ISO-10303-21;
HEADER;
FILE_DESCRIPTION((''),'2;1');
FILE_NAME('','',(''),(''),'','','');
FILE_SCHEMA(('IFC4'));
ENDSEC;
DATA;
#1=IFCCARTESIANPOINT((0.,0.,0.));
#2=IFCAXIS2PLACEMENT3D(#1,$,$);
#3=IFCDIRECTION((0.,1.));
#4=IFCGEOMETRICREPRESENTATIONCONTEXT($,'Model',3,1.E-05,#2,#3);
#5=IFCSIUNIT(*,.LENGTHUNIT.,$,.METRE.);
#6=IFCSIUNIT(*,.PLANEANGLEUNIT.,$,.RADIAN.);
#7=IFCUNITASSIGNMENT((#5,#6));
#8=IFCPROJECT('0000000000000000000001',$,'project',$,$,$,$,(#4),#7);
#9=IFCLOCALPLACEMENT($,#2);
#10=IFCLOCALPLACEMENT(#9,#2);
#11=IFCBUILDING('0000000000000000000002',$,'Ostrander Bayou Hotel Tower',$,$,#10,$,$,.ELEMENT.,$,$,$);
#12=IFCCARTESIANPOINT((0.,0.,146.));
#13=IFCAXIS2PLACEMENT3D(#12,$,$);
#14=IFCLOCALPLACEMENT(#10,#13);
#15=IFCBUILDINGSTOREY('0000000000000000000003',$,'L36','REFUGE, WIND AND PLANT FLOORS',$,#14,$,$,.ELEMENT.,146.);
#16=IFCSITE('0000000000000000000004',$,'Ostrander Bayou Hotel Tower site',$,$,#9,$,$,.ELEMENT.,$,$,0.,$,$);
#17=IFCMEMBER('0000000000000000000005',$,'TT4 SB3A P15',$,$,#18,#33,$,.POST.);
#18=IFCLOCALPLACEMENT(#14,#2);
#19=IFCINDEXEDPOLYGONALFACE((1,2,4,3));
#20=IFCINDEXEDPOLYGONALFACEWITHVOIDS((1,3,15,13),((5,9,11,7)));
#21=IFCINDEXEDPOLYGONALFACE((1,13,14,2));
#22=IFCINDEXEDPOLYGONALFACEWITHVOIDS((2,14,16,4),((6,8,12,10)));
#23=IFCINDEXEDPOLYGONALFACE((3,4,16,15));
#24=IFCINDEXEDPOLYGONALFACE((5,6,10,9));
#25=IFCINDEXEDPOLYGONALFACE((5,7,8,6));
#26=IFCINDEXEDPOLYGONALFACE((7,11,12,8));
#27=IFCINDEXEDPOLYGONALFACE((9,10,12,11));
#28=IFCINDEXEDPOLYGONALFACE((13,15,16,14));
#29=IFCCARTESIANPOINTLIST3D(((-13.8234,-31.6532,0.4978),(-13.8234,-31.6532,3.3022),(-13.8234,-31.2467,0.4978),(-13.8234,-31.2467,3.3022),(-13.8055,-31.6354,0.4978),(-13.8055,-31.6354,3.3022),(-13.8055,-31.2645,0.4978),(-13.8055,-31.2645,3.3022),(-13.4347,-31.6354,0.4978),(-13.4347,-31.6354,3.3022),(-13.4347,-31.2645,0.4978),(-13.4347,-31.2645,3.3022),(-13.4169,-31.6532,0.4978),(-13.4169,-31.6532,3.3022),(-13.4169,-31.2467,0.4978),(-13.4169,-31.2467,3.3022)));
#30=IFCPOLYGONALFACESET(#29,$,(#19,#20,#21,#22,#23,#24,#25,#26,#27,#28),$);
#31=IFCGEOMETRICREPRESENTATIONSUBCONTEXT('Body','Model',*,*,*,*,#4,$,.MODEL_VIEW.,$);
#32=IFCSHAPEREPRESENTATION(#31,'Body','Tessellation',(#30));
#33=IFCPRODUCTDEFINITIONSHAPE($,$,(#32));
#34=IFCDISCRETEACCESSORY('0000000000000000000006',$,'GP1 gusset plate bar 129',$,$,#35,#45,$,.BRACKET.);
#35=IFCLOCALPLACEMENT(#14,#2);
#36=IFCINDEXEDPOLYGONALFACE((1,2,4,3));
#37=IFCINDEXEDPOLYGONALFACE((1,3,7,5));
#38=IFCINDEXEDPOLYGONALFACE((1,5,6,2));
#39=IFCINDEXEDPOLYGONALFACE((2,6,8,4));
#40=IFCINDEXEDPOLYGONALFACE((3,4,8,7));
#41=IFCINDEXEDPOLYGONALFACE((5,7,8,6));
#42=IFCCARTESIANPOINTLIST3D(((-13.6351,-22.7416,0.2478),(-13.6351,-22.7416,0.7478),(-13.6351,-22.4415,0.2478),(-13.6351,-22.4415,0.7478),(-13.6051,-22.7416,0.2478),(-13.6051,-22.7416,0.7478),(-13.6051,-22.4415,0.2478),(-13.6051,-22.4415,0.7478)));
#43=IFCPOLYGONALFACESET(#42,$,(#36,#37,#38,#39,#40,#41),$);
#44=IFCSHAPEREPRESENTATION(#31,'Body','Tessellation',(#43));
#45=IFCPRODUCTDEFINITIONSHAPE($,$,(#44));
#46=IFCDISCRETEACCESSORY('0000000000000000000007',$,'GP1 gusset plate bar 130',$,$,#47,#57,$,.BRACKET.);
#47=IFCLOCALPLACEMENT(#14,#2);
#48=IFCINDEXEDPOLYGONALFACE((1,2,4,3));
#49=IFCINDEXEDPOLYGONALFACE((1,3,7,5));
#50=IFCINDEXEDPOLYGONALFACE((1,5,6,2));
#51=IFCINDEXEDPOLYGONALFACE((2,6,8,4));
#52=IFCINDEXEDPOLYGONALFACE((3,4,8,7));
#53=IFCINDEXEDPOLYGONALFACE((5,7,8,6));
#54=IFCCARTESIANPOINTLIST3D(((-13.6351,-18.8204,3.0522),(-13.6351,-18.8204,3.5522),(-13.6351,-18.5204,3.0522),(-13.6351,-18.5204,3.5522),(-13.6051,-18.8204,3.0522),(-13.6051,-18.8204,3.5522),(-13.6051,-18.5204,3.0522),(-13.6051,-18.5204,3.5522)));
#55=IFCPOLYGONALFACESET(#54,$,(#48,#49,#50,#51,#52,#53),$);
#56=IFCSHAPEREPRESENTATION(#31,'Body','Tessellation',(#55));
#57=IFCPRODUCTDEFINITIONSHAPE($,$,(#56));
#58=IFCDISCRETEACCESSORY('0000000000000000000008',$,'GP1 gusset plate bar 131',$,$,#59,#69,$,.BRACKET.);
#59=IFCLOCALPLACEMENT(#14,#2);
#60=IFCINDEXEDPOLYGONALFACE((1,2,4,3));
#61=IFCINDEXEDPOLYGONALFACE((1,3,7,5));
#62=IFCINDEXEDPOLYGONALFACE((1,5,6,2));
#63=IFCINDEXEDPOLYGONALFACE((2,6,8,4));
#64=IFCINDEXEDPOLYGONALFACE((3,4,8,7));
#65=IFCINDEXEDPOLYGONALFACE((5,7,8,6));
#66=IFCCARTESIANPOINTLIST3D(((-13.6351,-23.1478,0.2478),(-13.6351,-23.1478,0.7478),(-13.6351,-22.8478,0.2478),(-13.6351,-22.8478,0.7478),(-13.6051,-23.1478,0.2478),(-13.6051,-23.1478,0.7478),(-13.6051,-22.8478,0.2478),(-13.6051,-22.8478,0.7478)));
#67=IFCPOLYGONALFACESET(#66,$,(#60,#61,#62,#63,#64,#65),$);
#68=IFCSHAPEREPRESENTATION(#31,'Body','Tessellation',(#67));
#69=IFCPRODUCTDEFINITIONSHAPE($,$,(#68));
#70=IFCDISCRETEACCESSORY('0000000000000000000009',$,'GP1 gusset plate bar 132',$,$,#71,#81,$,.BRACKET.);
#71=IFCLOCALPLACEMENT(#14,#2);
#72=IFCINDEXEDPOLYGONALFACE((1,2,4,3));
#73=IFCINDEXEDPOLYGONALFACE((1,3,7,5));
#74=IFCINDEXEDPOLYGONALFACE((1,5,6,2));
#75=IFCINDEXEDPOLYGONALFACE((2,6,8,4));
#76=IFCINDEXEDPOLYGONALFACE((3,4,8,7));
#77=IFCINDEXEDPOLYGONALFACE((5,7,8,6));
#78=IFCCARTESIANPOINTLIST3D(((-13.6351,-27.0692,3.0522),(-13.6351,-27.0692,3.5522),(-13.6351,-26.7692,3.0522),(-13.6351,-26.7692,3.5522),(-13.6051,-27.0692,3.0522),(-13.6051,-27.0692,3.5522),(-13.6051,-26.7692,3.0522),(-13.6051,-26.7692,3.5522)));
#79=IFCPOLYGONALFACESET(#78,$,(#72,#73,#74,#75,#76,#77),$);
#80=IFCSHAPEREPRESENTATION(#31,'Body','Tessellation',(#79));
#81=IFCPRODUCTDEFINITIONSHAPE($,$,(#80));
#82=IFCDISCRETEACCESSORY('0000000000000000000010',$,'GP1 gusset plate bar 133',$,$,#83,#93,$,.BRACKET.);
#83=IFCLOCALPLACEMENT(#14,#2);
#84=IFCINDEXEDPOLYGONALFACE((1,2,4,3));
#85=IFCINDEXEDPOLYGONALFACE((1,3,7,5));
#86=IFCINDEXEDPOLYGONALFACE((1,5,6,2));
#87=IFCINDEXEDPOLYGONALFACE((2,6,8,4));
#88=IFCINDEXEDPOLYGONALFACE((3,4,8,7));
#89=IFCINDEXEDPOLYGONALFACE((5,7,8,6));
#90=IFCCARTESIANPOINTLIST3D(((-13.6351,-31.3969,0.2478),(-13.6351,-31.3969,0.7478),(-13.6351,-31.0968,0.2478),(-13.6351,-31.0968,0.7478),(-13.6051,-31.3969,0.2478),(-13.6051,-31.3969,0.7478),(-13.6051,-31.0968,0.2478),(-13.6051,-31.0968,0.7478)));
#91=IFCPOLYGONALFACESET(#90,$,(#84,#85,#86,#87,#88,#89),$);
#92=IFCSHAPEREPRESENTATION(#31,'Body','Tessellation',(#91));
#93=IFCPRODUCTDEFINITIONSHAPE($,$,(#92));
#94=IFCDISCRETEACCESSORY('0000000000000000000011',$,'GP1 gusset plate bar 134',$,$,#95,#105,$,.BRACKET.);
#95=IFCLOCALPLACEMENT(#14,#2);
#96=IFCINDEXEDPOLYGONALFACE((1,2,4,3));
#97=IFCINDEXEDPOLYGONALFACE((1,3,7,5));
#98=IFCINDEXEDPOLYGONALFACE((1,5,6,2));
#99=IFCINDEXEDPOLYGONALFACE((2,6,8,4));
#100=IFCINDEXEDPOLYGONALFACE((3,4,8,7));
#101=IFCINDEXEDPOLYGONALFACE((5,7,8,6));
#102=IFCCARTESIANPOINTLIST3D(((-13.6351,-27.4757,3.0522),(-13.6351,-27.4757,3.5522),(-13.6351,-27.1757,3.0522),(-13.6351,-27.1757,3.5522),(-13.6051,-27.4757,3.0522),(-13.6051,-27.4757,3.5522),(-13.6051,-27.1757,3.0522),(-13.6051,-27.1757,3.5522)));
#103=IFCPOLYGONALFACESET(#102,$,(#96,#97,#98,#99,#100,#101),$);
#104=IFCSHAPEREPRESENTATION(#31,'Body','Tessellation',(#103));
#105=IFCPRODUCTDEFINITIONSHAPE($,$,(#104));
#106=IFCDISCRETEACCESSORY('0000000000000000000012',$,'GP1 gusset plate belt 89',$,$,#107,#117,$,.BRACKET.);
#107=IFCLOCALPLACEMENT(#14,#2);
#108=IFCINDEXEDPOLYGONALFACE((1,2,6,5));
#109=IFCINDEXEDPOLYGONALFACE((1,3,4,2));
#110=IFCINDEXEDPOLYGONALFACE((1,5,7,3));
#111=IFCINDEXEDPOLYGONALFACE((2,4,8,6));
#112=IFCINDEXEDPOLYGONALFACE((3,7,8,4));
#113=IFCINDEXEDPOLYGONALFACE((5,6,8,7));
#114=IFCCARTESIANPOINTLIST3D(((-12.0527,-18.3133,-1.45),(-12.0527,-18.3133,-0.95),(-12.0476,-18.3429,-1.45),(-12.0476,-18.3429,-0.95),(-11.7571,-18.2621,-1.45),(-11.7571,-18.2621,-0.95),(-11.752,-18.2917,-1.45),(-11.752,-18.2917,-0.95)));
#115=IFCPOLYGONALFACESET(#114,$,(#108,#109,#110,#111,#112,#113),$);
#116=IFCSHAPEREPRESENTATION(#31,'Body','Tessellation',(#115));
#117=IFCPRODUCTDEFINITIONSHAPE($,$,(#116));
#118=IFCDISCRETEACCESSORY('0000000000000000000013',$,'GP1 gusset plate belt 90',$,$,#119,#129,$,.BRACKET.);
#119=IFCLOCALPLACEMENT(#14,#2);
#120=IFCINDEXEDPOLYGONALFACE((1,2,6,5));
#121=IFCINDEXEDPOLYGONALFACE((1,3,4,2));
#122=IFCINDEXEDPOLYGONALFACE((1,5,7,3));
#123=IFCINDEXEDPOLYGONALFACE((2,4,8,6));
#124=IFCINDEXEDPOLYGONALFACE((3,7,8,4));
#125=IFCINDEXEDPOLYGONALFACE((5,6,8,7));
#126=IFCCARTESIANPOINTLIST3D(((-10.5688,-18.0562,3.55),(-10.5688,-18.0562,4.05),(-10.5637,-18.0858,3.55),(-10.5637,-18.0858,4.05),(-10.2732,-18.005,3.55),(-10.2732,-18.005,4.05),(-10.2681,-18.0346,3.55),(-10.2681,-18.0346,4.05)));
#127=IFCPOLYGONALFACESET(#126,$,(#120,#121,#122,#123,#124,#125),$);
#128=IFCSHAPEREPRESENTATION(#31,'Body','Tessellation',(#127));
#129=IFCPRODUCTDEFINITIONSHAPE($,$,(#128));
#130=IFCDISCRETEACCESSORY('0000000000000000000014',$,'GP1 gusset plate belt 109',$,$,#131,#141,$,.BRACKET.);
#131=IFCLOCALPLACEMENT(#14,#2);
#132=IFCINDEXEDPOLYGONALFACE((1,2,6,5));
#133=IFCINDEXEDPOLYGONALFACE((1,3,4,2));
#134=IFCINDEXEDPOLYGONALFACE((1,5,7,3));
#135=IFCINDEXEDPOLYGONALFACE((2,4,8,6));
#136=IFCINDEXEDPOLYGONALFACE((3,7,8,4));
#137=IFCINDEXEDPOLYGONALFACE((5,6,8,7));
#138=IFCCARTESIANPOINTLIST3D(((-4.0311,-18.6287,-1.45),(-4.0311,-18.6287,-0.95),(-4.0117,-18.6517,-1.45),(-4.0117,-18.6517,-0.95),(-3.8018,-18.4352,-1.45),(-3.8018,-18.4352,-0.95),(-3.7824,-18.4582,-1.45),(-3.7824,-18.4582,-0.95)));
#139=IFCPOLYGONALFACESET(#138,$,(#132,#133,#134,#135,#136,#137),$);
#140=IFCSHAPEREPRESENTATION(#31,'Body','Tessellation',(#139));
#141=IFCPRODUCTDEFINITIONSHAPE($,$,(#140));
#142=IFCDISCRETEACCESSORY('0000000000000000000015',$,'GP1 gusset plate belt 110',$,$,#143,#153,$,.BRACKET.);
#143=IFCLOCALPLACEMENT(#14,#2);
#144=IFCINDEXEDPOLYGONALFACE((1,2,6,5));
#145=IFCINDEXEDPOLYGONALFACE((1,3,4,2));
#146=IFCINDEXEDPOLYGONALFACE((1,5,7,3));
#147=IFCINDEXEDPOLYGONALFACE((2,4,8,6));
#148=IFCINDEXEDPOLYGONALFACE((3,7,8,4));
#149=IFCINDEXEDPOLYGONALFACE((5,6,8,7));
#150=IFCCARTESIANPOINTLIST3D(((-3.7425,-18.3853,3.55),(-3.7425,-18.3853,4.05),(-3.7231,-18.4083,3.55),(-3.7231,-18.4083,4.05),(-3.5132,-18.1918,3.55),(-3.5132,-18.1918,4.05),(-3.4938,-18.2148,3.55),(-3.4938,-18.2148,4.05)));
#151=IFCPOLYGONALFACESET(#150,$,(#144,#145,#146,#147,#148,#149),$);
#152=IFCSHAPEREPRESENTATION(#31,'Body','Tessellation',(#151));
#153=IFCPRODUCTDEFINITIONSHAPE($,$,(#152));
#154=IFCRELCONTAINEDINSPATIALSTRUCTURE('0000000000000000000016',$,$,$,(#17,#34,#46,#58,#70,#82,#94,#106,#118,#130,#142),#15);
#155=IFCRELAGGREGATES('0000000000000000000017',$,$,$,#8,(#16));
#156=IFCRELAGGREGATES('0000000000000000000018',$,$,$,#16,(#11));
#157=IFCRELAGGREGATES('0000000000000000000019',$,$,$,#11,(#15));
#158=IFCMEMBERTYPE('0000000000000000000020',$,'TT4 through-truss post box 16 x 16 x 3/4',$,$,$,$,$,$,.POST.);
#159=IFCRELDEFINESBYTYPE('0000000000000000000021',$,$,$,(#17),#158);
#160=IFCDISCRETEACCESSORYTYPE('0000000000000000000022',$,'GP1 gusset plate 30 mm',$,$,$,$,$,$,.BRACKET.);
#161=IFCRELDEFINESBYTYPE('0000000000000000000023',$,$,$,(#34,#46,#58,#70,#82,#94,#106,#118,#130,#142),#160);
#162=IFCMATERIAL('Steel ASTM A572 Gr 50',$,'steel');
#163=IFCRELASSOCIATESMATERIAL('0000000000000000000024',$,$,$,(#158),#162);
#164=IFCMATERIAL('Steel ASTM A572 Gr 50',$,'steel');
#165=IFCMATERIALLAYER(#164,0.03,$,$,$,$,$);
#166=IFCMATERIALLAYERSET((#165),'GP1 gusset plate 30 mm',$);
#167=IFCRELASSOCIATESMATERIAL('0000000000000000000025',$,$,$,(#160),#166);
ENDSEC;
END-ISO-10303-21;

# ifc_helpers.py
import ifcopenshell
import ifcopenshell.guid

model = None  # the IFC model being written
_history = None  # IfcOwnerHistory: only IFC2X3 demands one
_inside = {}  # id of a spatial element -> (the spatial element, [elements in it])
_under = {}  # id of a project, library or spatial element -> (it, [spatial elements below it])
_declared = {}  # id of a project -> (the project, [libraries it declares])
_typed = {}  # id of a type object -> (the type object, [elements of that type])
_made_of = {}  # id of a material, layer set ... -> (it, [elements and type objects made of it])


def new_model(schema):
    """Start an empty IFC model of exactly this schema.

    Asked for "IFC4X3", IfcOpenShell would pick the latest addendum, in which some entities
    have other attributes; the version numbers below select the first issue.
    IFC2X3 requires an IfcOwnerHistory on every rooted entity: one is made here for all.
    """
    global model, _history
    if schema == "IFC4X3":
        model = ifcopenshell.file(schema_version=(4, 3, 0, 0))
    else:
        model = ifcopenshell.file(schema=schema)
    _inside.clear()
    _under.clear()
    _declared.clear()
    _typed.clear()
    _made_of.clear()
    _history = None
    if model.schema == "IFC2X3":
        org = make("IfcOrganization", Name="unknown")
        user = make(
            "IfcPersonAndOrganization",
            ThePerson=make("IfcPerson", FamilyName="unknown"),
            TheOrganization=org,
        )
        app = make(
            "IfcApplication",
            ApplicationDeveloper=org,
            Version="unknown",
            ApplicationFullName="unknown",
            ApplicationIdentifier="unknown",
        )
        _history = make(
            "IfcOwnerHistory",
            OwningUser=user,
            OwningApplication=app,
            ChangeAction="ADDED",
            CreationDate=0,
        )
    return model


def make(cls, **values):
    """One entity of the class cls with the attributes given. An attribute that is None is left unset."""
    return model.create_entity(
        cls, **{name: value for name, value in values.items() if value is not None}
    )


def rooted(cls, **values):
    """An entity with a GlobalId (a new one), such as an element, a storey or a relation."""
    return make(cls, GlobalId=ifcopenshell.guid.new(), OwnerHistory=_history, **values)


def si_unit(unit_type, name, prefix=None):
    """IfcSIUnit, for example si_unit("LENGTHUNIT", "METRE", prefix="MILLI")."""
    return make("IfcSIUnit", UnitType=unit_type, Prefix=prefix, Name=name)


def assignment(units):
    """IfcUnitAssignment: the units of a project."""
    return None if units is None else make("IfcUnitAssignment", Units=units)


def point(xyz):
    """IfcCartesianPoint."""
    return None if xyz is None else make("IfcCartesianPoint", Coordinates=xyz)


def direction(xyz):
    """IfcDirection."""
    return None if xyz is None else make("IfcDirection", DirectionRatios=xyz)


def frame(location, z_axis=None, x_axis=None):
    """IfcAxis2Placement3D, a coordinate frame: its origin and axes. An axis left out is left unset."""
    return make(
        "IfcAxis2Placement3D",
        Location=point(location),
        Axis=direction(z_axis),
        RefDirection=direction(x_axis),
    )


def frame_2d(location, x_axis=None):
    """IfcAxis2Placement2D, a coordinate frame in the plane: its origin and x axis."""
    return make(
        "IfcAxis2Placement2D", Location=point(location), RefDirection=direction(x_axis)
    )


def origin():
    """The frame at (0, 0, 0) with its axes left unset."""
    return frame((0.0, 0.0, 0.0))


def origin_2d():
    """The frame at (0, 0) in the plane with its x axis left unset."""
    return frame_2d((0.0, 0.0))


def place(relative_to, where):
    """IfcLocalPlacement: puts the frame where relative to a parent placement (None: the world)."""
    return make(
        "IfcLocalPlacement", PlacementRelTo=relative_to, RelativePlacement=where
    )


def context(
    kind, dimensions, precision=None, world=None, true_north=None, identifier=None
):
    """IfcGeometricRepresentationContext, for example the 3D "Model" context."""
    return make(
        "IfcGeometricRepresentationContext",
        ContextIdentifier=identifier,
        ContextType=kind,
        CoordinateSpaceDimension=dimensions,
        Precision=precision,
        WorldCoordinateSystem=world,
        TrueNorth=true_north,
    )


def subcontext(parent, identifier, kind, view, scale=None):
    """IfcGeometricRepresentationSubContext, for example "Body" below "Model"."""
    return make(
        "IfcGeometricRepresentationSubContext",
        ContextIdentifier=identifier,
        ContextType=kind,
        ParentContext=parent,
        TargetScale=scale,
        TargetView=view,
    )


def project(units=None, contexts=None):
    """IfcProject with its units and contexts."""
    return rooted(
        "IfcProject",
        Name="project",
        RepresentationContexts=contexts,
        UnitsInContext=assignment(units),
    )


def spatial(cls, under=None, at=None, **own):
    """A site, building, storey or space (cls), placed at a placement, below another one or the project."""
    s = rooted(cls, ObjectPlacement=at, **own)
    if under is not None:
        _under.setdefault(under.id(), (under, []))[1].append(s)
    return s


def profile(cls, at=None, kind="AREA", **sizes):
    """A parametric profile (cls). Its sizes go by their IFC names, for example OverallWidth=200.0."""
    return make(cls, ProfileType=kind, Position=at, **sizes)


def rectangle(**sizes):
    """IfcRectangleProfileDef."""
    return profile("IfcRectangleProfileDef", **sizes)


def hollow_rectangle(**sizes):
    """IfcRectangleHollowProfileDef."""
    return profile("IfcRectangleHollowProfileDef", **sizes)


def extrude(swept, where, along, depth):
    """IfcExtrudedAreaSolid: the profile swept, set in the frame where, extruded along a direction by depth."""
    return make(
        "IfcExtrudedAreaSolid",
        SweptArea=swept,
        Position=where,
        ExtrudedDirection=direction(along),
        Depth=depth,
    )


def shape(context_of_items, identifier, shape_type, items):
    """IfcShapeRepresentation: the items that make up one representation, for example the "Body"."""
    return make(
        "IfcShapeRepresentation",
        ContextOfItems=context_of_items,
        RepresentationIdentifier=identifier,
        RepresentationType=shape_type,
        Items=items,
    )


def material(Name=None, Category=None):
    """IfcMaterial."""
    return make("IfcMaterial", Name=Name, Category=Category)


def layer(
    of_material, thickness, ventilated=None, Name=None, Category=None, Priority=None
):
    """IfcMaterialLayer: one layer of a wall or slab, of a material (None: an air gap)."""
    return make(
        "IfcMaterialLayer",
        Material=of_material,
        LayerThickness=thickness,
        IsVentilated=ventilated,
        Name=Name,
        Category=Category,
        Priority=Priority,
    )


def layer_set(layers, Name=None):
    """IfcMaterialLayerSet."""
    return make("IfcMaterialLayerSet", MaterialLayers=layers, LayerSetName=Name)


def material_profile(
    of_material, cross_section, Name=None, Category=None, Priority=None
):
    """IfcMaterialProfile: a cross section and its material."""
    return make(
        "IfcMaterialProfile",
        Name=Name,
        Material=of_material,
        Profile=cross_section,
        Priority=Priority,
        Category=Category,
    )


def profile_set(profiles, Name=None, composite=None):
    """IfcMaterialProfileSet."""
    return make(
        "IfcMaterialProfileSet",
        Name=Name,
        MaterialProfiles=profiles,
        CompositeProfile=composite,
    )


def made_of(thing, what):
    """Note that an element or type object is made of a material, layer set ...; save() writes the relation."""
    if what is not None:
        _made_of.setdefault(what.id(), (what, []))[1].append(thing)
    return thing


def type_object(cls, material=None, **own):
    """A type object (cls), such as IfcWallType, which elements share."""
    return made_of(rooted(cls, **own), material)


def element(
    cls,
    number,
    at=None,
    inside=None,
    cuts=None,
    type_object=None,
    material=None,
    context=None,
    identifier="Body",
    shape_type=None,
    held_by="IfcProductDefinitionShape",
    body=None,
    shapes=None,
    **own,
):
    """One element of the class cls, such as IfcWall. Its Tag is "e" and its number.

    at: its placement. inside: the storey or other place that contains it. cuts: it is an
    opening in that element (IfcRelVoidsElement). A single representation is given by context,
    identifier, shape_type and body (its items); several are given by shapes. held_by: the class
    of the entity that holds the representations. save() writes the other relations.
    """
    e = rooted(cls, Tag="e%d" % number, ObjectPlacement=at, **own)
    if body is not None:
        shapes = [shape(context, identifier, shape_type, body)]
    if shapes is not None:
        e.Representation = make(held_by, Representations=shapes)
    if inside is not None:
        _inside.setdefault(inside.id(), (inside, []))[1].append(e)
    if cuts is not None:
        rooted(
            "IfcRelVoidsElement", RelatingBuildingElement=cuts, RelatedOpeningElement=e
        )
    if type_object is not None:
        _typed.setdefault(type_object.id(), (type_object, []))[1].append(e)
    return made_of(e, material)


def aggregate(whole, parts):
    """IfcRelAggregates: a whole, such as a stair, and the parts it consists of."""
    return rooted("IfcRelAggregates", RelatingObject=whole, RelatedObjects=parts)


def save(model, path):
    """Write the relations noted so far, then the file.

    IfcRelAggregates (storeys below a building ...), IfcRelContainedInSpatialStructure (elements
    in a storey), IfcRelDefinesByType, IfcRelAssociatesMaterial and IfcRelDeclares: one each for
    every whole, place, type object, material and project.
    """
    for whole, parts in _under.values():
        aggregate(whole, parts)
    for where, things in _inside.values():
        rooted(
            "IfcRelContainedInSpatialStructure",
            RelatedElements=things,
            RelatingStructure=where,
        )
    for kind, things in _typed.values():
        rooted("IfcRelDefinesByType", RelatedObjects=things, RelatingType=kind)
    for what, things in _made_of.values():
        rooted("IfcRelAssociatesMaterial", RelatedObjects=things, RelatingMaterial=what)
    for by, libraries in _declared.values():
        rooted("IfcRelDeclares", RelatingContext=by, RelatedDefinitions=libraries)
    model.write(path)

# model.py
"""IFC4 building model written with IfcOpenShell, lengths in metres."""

from ifc_helpers import new_model, si_unit, direction, frame, origin, origin_2d, place, context, subcontext, project, spatial, rectangle, hollow_rectangle, extrude, material, layer, layer_set, material_profile, profile_set, type_object, element, save


model = new_model("IFC4")

# Units and contexts
model_context = context("Model", 3, precision=1e-05, world=origin(), true_north=direction((0.0, 1.0)))
body_context = subcontext(model_context, "Body", "Model", "MODEL_VIEW")
ifc_project = project(units=[si_unit("LENGTHUNIT", "METRE"), si_unit("PLANEANGLEUNIT", "RADIAN")], contexts=[model_context])

# Site, building, storey
site_placement = place(None, origin())
site = spatial("IfcSite", under=ifc_project, at=site_placement, Name="Ostrander Bayou Hotel Tower site", CompositionType="ELEMENT", RefElevation=0.0)
building_placement = place(site_placement, origin())
building = spatial("IfcBuilding", under=site, at=building_placement, Name="Ostrander Bayou Hotel Tower", CompositionType="ELEMENT")
storey_placement = place(building_placement, frame((0.0, 0.0, 146.0)))
storey = spatial("IfcBuildingStorey", under=building, at=storey_placement, Name="L36", Description="REFUGE, WIND AND PLANT FLOORS", CompositionType="ELEMENT", Elevation=146.0)

# Member
ifc_material_1 = material(Name="Steel ASTM A572 Gr 50", Category="steel")
ifc_material_profile_1 = material_profile(ifc_material_1, hollow_rectangle(XDim=0.4065, YDim=0.4065, WallThickness=0.0178, at=origin_2d()))
ifc_profile_set_1 = profile_set([ifc_material_profile_1], Name="Steel ASTM A572 Gr 50")
member_type_1 = type_object("IfcMemberType", Name="TT4 through-truss post box 16 x 16 x 3/4", PredefinedType="POST", material=ifc_profile_set_1)
for number, where, z_axis, x_axis, name in (
    (1, (-13.6201, -31.45, 0.4978), (0.0, 0.0, 1.0), (1.0, 0.0, 0.0), "TT4 SB3A P15"),
):
    element("IfcMember", number, at=place(storey_placement, frame(where, z_axis=z_axis, x_axis=x_axis)), inside=storey, type_object=member_type_1, Name=name, PredefinedType="POST", context=body_context, shape_type="SweptSolid", body=[
        extrude(hollow_rectangle(XDim=0.4065, YDim=0.4065, WallThickness=0.0178, at=origin_2d()), origin(), (0.0, 0.0, 1.0), 2.8044),
    ])

# Discrete accessories
ifc_material_2 = material(Name="Steel ASTM A572 Gr 50", Category="steel")
ifc_layer = layer(ifc_material_2, 0.03)
ifc_layer_set = layer_set([ifc_layer], Name="GP1 gusset plate 30 mm")
discrete_accessory_type = type_object("IfcDiscreteAccessoryType", Name="GP1 gusset plate 30 mm", PredefinedType="BRACKET", material=ifc_layer_set)
for number, where, z_axis, x_axis, name in (
    (2, (-13.6201, -22.5916, 0.2478), (0.0, 0.0, 1.0), (0.0, 1.0, 0.0), "GP1 gusset plate bar 129"),
    (3, (-13.6201, -18.6704, 3.0522), (0.0, 0.0, 1.0), (0.0, 1.0, 0.0), "GP1 gusset plate bar 130"),
    (4, (-13.6201, -22.9978, 0.2478), (0.0, 0.0, 1.0), (0.0, -1.0, 0.0), "GP1 gusset plate bar 131"),
    (5, (-13.6201, -26.9192, 3.0522), (0.0, 0.0, 1.0), (0.0, -1.0, 0.0), "GP1 gusset plate bar 132"),
    (6, (-13.6201, -31.2468, 0.2478), (0.0, 0.0, 1.0), (0.0, 1.0, 0.0), "GP1 gusset plate bar 133"),
    (7, (-13.6201, -27.3257, 3.0522), (0.0, 0.0, 1.0), (0.0, 1.0, 0.0), "GP1 gusset plate bar 134"),
    (8, (-11.9023, -18.3025, -1.45), (0.0, 0.0, 1.0), (0.985331, 0.170657, 0.0), "GP1 gusset plate belt 89"),
    (9, (-10.4185, -18.0454, 3.55), (0.0, 0.0, 1.0), (0.985331, 0.170657, 0.0), "GP1 gusset plate belt 90"),
    (10, (-3.9067, -18.5435, -1.45), (0.0, 0.0, 1.0), (0.764303, 0.644858, 0.0), "GP1 gusset plate belt 109"),
    (11, (-3.6182, -18.3, 3.55), (0.0, 0.0, 1.0), (0.764303, 0.644858, 0.0), "GP1 gusset plate belt 110"),
):
    element("IfcDiscreteAccessory", number, at=place(storey_placement, frame(where, z_axis=z_axis, x_axis=x_axis)), inside=storey, type_object=discrete_accessory_type, Name=name, PredefinedType="BRACKET", context=body_context, shape_type="SweptSolid", body=[
        extrude(rectangle(XDim=0.3, YDim=0.03, at=origin_2d()), origin(), (0.0, 0.0, 1.0), 0.5),
    ])

save(model, "model.ifc")
